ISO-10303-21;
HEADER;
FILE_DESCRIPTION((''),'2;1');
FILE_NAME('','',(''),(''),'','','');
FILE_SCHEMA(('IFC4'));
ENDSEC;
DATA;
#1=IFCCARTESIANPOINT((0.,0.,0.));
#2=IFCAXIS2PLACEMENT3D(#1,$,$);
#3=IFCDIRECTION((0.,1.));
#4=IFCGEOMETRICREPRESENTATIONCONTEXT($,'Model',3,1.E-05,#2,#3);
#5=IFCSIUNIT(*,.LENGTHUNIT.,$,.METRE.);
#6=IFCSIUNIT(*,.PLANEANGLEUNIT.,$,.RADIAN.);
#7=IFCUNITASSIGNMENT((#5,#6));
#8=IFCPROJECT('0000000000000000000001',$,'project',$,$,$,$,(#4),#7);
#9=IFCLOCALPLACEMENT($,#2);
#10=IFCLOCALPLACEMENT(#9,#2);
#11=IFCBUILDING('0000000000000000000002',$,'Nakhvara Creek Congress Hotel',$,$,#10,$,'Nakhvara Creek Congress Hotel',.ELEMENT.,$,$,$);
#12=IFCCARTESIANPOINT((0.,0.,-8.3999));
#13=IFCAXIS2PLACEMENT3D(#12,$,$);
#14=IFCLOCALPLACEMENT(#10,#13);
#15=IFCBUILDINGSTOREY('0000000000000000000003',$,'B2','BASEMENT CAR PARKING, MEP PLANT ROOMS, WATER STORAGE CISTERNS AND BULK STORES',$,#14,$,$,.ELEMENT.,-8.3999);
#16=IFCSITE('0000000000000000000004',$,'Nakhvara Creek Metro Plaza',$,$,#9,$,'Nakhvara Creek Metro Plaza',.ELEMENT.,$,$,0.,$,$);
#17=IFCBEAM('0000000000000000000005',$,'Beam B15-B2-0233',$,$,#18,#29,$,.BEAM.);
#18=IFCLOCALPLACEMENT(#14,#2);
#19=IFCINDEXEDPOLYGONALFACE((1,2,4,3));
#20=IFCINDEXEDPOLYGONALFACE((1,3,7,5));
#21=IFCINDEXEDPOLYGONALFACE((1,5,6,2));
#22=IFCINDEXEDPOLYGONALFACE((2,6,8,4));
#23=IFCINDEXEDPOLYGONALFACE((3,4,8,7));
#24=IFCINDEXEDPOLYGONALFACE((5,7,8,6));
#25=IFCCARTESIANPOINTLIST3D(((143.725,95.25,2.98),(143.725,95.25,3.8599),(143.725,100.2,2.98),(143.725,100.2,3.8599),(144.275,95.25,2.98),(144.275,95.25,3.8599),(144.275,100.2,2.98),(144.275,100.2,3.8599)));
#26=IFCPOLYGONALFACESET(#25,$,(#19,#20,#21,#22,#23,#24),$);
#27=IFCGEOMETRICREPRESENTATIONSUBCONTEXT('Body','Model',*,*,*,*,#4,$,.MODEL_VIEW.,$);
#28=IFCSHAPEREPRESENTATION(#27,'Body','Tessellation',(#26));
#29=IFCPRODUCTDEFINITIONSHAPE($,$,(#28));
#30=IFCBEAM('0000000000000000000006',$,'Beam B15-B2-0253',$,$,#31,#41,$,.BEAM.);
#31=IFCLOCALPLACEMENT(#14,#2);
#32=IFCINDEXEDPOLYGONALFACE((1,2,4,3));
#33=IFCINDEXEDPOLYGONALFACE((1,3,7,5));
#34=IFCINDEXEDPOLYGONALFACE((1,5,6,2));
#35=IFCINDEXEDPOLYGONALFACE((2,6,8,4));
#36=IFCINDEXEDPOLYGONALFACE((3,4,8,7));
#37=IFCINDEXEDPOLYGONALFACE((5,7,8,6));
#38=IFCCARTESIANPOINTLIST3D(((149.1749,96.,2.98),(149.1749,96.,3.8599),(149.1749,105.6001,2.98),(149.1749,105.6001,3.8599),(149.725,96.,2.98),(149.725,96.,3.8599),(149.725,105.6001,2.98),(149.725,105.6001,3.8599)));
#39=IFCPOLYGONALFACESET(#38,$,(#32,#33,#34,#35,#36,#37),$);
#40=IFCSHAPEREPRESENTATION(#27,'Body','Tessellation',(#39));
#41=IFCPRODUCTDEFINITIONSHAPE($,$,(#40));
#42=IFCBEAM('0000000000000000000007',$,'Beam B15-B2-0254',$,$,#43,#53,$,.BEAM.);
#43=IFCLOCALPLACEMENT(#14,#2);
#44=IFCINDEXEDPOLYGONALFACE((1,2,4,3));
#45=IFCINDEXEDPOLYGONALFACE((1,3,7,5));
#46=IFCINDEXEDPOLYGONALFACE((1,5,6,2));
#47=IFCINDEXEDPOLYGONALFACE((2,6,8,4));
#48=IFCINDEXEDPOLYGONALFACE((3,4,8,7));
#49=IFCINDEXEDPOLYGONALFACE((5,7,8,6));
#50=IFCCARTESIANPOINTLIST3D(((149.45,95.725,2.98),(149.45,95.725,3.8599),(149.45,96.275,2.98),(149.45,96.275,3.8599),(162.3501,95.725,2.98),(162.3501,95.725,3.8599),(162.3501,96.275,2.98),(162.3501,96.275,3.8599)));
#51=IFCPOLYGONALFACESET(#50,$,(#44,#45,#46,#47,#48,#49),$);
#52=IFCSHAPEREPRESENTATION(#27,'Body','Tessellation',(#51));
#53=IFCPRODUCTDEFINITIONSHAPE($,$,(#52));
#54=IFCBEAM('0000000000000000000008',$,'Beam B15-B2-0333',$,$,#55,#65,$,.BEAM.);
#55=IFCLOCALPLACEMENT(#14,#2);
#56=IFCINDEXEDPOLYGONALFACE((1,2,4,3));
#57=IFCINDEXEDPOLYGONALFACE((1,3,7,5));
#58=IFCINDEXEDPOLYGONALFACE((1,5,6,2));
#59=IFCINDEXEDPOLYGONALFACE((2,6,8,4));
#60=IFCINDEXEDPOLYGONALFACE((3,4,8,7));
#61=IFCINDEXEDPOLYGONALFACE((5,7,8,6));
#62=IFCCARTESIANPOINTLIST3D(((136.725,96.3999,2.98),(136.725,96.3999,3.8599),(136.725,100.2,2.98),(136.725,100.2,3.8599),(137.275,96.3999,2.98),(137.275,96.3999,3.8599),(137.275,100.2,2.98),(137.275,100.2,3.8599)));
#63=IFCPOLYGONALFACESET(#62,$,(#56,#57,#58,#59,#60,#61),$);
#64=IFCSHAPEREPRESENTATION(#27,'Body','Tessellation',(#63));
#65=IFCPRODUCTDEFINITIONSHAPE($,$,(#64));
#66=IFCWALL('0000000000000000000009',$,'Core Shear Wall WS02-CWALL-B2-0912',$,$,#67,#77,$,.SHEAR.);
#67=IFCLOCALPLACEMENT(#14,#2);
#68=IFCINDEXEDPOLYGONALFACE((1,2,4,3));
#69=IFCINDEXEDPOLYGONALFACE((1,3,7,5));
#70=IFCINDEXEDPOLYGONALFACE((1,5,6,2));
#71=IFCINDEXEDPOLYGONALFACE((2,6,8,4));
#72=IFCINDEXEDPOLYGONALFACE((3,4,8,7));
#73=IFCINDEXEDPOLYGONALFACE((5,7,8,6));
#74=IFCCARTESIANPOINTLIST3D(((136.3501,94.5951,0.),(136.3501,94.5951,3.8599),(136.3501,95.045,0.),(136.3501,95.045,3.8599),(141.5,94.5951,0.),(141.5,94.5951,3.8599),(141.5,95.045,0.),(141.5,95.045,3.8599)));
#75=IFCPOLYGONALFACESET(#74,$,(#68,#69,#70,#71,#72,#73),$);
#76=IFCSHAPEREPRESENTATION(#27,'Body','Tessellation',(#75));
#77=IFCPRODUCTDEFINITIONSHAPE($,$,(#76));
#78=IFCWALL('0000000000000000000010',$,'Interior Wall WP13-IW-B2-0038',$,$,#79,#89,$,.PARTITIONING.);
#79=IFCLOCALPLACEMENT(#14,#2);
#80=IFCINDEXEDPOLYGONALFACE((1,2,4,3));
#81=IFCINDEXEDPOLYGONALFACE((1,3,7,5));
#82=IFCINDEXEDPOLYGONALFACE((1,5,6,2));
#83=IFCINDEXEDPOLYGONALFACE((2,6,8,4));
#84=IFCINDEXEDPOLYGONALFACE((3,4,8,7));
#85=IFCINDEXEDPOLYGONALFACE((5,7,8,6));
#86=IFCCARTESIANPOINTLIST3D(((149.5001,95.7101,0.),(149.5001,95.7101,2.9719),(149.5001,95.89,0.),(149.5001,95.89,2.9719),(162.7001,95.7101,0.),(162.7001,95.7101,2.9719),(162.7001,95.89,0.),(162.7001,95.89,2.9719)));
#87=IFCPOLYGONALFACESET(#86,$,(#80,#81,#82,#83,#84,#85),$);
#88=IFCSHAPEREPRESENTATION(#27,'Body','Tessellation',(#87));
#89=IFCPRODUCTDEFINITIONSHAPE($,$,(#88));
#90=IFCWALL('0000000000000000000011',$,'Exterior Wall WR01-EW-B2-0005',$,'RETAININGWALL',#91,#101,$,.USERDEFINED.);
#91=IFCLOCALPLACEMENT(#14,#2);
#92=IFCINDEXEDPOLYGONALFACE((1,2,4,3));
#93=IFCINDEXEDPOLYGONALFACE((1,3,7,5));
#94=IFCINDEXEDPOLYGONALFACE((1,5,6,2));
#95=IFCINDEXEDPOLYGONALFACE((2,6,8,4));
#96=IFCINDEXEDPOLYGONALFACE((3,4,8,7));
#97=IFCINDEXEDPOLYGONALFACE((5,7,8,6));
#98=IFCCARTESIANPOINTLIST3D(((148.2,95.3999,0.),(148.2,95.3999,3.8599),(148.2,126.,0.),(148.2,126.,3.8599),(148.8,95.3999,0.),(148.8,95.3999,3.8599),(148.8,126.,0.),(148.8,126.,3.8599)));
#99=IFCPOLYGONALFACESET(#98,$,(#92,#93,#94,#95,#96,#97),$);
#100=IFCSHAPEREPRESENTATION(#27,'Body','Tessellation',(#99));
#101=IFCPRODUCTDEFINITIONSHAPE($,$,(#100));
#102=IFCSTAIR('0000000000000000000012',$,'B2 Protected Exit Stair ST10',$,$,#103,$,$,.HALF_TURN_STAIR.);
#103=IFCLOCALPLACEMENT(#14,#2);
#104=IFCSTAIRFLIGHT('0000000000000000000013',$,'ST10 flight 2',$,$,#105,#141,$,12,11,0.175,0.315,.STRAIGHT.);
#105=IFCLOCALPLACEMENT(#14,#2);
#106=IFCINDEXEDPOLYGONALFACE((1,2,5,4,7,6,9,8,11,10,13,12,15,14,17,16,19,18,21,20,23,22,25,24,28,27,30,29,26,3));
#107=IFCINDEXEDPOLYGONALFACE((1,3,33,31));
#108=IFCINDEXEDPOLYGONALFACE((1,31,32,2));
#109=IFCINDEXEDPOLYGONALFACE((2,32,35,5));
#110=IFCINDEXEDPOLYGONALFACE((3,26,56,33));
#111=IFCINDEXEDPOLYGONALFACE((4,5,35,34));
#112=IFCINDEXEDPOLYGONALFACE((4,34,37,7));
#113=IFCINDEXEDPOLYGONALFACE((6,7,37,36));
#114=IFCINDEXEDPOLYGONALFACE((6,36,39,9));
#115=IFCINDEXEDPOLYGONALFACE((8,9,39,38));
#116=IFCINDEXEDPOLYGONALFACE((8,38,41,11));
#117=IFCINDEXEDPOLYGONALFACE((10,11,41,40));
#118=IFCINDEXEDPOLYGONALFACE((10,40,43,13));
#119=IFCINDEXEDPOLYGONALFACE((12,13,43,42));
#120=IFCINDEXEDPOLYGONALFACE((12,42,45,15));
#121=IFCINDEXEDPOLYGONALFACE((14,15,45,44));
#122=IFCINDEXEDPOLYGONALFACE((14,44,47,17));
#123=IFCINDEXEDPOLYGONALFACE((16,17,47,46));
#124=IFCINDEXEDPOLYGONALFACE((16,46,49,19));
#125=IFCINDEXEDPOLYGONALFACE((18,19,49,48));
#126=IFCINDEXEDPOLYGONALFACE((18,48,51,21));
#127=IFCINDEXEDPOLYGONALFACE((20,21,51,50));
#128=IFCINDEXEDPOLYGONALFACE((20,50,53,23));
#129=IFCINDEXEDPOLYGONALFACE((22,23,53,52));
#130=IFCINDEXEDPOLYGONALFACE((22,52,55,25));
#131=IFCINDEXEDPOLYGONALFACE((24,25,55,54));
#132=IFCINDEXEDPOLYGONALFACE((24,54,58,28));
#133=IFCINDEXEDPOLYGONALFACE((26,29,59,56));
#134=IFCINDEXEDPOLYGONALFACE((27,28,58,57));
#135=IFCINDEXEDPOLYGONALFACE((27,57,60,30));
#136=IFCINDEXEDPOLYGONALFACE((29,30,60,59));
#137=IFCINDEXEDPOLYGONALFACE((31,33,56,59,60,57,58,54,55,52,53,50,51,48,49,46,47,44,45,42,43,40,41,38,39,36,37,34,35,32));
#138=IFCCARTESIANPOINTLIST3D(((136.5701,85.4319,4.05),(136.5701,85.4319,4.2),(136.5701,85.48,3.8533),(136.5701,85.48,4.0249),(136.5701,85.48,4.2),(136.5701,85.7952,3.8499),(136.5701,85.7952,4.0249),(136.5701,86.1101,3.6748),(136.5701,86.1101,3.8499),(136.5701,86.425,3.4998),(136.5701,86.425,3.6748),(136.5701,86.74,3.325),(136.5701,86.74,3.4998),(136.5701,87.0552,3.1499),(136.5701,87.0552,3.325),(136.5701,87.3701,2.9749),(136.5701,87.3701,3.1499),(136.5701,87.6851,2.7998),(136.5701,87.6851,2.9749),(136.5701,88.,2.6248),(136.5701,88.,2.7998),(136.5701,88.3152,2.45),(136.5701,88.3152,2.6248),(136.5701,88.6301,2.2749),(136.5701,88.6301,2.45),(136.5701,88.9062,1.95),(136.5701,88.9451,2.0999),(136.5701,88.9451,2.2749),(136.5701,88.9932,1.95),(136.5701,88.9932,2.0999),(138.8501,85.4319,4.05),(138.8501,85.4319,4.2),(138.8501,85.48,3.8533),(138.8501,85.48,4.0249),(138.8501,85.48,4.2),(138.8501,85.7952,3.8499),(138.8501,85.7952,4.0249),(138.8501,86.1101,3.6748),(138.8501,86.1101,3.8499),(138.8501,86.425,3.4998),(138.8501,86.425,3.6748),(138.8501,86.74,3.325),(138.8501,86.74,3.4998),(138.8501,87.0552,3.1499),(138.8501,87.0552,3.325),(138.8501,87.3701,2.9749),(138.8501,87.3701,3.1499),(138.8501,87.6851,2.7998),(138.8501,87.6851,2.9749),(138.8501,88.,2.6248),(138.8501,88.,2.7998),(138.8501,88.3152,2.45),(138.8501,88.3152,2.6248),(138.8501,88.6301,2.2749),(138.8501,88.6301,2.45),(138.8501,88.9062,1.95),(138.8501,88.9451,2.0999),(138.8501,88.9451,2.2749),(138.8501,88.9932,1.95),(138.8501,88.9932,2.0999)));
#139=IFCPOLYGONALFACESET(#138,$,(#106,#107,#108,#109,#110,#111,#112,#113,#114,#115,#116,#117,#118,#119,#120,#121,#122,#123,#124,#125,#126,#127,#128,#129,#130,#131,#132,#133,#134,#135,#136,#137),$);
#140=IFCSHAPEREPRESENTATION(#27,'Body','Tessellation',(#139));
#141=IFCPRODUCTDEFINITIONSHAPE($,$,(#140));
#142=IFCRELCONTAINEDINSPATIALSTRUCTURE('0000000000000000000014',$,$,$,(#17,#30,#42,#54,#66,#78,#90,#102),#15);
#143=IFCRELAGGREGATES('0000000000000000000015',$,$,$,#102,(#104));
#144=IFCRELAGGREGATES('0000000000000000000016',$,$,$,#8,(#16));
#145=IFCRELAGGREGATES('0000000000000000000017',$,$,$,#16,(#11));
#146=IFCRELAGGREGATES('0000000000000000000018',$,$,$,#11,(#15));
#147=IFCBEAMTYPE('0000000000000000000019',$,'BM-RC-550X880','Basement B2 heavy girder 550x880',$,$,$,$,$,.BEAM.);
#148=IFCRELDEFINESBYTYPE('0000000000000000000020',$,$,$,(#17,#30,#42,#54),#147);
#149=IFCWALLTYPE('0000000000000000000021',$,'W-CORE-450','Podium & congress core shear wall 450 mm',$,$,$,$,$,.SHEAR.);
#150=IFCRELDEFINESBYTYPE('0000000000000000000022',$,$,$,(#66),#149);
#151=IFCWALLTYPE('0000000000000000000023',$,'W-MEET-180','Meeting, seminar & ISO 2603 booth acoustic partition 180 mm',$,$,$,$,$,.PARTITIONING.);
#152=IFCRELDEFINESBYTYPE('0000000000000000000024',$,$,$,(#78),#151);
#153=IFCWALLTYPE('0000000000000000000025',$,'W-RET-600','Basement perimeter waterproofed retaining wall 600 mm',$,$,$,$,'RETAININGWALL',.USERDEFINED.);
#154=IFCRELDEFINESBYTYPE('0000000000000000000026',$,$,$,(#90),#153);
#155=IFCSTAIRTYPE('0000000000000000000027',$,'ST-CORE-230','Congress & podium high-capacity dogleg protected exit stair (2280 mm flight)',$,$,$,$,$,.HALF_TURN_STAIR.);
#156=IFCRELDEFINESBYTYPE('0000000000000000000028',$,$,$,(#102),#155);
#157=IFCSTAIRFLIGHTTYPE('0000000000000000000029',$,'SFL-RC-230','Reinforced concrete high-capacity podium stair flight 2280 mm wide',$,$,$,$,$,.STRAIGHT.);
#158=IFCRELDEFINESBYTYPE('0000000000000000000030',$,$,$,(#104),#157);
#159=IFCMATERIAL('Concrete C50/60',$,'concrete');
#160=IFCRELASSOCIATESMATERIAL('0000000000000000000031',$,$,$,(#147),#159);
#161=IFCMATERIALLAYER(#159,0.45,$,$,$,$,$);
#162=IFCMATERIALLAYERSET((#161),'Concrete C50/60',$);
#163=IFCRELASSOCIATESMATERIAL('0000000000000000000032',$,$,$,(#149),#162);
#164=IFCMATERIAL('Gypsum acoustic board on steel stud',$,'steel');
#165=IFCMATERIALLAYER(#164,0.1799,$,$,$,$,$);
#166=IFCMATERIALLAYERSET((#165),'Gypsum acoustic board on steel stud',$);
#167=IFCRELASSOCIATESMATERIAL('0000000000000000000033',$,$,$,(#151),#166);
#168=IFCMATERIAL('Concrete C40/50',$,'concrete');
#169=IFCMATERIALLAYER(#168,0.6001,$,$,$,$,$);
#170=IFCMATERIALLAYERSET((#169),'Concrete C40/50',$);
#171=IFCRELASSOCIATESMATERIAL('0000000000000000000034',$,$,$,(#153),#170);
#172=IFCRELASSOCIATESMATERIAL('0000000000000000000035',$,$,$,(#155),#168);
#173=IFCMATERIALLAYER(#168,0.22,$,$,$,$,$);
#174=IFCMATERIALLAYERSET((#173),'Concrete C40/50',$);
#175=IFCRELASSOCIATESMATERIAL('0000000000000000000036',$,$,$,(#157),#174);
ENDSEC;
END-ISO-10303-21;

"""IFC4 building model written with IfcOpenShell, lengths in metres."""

from ifc_helpers import new_model, si_unit, direction, frame, frame_2d, origin, origin_2d, place, context, subcontext, project, spatial, polyline, rectangle, outline, extrude, material, layer, layer_set, material_profile, profile_set, type_object, element, aggregate, save


model = new_model("IFC4")

# Units and contexts
model_context = context("Model", 3, precision=1e-05, world=origin(), true_north=direction((0.0, 1.0)))
body_context = subcontext(model_context, "Body", "Model", "MODEL_VIEW")
ifc_project = project(units=[si_unit("LENGTHUNIT", "METRE"), si_unit("PLANEANGLEUNIT", "RADIAN")], contexts=[model_context])

# Site, building, storey
site_placement = place(None, origin())
site = spatial("IfcSite", under=ifc_project, at=site_placement, Name="Nakhvara Creek Metro Plaza", LongName="Nakhvara Creek Metro Plaza", CompositionType="ELEMENT", RefElevation=0.0)
building_placement = place(site_placement, origin())
building = spatial("IfcBuilding", under=site, at=building_placement, Name="Nakhvara Creek Congress Hotel", LongName="Nakhvara Creek Congress Hotel", CompositionType="ELEMENT")
storey_placement = place(building_placement, frame((0.0, 0.0, -8.3999)))
storey = spatial("IfcBuildingStorey", under=building, at=storey_placement, Name="B2", Description="BASEMENT CAR PARKING, MEP PLANT ROOMS, WATER STORAGE CISTERNS AND BULK STORES", CompositionType="ELEMENT", Elevation=-8.3999)

# Shared definitions
ifc_material_1 = material(Name="Concrete C40/50", Category="concrete")

# Shared definitions
ifc_material_2 = material(Name="Concrete C50/60", Category="concrete")

# Beams
ifc_material_profile_1 = material_profile(ifc_material_2, rectangle(XDim=0.55, YDim=0.8799, at=origin_2d()), Name="RC-BM 550x880", Category="LoadBearing")
ifc_profile_set_1 = profile_set([ifc_material_profile_1], Name="Concrete C50/60")
beam_type = type_object("IfcBeamType", Name="BM-RC-550X880", Description="Basement B2 heavy girder 550x880", PredefinedType="BEAM", material=ifc_profile_set_1)
beam_1_placement = place(storey_placement, frame((144.0, 95.25, 3.4199), z_axis=(0.0, 1.0, 0.0), x_axis=(-1.0, 0.0, 0.0)))
element("IfcBeam", 1, at=beam_1_placement, inside=storey, type_object=beam_type, Name="Beam B15-B2-0233", PredefinedType="BEAM", context=body_context, shape_type="SweptSolid", body=[
    extrude(rectangle(XDim=0.55, YDim=0.8799, at=origin_2d()), origin(), (0.0, 0.0, 1.0), 4.95),
])
beam_2_placement = place(storey_placement, frame((149.45, 96.0, 3.4199), z_axis=(0.0, 1.0, 0.0), x_axis=(-1.0, 0.0, 0.0)))
element("IfcBeam", 2, at=beam_2_placement, inside=storey, type_object=beam_type, Name="Beam B15-B2-0253", PredefinedType="BEAM", context=body_context, shape_type="SweptSolid", body=[
    extrude(rectangle(XDim=0.55, YDim=0.8799, at=origin_2d()), origin(), (0.0, 0.0, 1.0), 9.6001),
])
beam_3_placement = place(storey_placement, frame((149.45, 96.0, 3.4199), z_axis=(1.0, 0.0, 0.0), x_axis=(0.0, 1.0, 0.0)))
element("IfcBeam", 3, at=beam_3_placement, inside=storey, type_object=beam_type, Name="Beam B15-B2-0254", PredefinedType="BEAM", context=body_context, shape_type="SweptSolid", body=[
    extrude(rectangle(XDim=0.55, YDim=0.8799, at=origin_2d()), origin(), (0.0, 0.0, 1.0), 12.9001),
])
beam_4_placement = place(storey_placement, frame((137.0, 96.3999, 3.4199), z_axis=(0.0, 1.0, 0.0), x_axis=(-1.0, 0.0, 0.0)))
element("IfcBeam", 4, at=beam_4_placement, inside=storey, type_object=beam_type, Name="Beam B15-B2-0333", PredefinedType="BEAM", context=body_context, shape_type="SweptSolid", body=[
    extrude(rectangle(XDim=0.55, YDim=0.8799, at=origin_2d()), origin(), (0.0, 0.0, 1.0), 3.8),
])

# Walls
ifc_layer_1 = layer(ifc_material_2, 0.45)
ifc_layer_set_1 = layer_set([ifc_layer_1], Name="Concrete C50/60")
wall_type_1 = type_object("IfcWallType", Name="W-CORE-450", Description="Podium & congress core shear wall 450 mm", PredefinedType="SHEAR", material=ifc_layer_set_1)
wall_1_placement = place(storey_placement, frame((136.3501, 94.8201, 0.0), z_axis=(0.0, 0.0, 1.0), x_axis=(1.0, 0.0, 0.0)))
element("IfcWall", 5, at=wall_1_placement, inside=storey, type_object=wall_type_1, Name="Core Shear Wall WS02-CWALL-B2-0912", PredefinedType="SHEAR", context=body_context, shape_type="SweptSolid", body=[
    extrude(rectangle(XDim=5.1499, YDim=0.45, at=frame_2d((2.575, 0.0))), origin(), (0.0, 0.0, 1.0), 3.8599),
])
ifc_material_3 = material(Name="Gypsum acoustic board on steel stud", Category="steel")
ifc_layer_2 = layer(ifc_material_3, 0.1799)
ifc_layer_set_2 = layer_set([ifc_layer_2], Name="Gypsum acoustic board on steel stud")
wall_type_2 = type_object("IfcWallType", Name="W-MEET-180", Description="Meeting, seminar & ISO 2603 booth acoustic partition 180 mm", PredefinedType="PARTITIONING", material=ifc_layer_set_2)
wall_2_placement = place(storey_placement, frame((149.5, 95.8, 0.0), z_axis=(0.0, 0.0, 1.0), x_axis=(1.0, 0.0, 0.0)))
element("IfcWall", 6, at=wall_2_placement, inside=storey, type_object=wall_type_2, Name="Interior Wall WP13-IW-B2-0038", PredefinedType="PARTITIONING", context=body_context, shape_type="SweptSolid", body=[
    extrude(rectangle(XDim=13.2, YDim=0.1799, at=frame_2d((6.6001, 0.0))), origin(), (0.0, 0.0, 1.0), 2.9719),
])
ifc_layer_3 = layer(ifc_material_1, 0.6001)
ifc_layer_set_3 = layer_set([ifc_layer_3], Name="Concrete C40/50")
wall_type_3 = type_object("IfcWallType", Name="W-RET-600", Description="Basement perimeter waterproofed retaining wall 600 mm", ElementType="RETAININGWALL", PredefinedType="USERDEFINED", material=ifc_layer_set_3)
wall_3_placement = place(storey_placement, frame((148.5, 95.3999, 0.0), z_axis=(0.0, 0.0, 1.0), x_axis=(0.0, 1.0, 0.0)))
element("IfcWall", 7, at=wall_3_placement, inside=storey, type_object=wall_type_3, Name="Exterior Wall WR01-EW-B2-0005", ObjectType="RETAININGWALL", PredefinedType="USERDEFINED", context=body_context, shape_type="SweptSolid", body=[
    extrude(rectangle(XDim=30.6001, YDim=0.6001, at=frame_2d((15.3, 0.0))), origin(), (0.0, 0.0, 1.0), 3.8599),
])

# Stair, stair flight
stair_type = type_object("IfcStairType", Name="ST-CORE-230", Description="Congress & podium high-capacity dogleg protected exit stair (2280 mm flight)", PredefinedType="HALF_TURN_STAIR", material=ifc_material_1)
stair_placement = place(storey_placement, origin())
stair = element("IfcStair", 8, at=stair_placement, inside=storey, type_object=stair_type, Name="B2 Protected Exit Stair ST10", PredefinedType="HALF_TURN_STAIR")
ifc_layer_4 = layer(ifc_material_1, 0.22)
ifc_layer_set_4 = layer_set([ifc_layer_4], Name="Concrete C40/50")
stair_flight_type = type_object("IfcStairFlightType", Name="SFL-RC-230", Description="Reinforced concrete high-capacity podium stair flight 2280 mm wide", PredefinedType="STRAIGHT", material=ifc_layer_set_4)
stair_flight_placement = place(storey_placement, frame((137.71, 88.9451, 2.0999), z_axis=(0.0, 0.0, 1.0), x_axis=(0.0, -1.0, 0.0)))
stair_flight = element("IfcStairFlight", 9, at=stair_flight_placement, type_object=stair_flight_type, Name="ST10 flight 2", NumberOfRisers=12, NumberOfTreads=11, PredefinedType="STRAIGHT", RiserHeight=0.175, TreadLength=0.315, context=body_context, shape_type="SweptSolid", body=[
    extrude(outline(polyline([(-0.0481, 0.0), (0.0, 0.0), (0.0, 0.175), (0.3149, 0.175), (0.3149, 0.3501), (0.6299, 0.3501), (0.6299, 0.5249), (0.9451, 0.5249), (0.9451, 0.7), (1.26, 0.7), (1.26, 0.875), (1.575, 0.875), (1.575, 1.05), (1.8899, 1.05), (1.8899, 1.2251), (2.2051, 1.2251), (2.2051, 1.3999), (2.52, 1.3999), (2.52, 1.575), (2.835, 1.575), (2.835, 1.75), (3.1499, 1.75), (3.1499, 1.925), (3.4651, 1.925), (3.4651, 2.1001), (3.5132, 2.1001), (3.5132, 1.9502), (3.4651, 1.7534), (0.0388, -0.1499), (-0.0481, -0.1499), (-0.0481, 0.0)])), frame((0.0, 1.1401, 0.0), z_axis=(0.0, -1.0, 0.0), x_axis=(1.0, 0.0, 0.0)), (0.0, 0.0, 1.0), 2.28),
])
aggregate(stair, [stair_flight])

save(model, "model.ifc")
